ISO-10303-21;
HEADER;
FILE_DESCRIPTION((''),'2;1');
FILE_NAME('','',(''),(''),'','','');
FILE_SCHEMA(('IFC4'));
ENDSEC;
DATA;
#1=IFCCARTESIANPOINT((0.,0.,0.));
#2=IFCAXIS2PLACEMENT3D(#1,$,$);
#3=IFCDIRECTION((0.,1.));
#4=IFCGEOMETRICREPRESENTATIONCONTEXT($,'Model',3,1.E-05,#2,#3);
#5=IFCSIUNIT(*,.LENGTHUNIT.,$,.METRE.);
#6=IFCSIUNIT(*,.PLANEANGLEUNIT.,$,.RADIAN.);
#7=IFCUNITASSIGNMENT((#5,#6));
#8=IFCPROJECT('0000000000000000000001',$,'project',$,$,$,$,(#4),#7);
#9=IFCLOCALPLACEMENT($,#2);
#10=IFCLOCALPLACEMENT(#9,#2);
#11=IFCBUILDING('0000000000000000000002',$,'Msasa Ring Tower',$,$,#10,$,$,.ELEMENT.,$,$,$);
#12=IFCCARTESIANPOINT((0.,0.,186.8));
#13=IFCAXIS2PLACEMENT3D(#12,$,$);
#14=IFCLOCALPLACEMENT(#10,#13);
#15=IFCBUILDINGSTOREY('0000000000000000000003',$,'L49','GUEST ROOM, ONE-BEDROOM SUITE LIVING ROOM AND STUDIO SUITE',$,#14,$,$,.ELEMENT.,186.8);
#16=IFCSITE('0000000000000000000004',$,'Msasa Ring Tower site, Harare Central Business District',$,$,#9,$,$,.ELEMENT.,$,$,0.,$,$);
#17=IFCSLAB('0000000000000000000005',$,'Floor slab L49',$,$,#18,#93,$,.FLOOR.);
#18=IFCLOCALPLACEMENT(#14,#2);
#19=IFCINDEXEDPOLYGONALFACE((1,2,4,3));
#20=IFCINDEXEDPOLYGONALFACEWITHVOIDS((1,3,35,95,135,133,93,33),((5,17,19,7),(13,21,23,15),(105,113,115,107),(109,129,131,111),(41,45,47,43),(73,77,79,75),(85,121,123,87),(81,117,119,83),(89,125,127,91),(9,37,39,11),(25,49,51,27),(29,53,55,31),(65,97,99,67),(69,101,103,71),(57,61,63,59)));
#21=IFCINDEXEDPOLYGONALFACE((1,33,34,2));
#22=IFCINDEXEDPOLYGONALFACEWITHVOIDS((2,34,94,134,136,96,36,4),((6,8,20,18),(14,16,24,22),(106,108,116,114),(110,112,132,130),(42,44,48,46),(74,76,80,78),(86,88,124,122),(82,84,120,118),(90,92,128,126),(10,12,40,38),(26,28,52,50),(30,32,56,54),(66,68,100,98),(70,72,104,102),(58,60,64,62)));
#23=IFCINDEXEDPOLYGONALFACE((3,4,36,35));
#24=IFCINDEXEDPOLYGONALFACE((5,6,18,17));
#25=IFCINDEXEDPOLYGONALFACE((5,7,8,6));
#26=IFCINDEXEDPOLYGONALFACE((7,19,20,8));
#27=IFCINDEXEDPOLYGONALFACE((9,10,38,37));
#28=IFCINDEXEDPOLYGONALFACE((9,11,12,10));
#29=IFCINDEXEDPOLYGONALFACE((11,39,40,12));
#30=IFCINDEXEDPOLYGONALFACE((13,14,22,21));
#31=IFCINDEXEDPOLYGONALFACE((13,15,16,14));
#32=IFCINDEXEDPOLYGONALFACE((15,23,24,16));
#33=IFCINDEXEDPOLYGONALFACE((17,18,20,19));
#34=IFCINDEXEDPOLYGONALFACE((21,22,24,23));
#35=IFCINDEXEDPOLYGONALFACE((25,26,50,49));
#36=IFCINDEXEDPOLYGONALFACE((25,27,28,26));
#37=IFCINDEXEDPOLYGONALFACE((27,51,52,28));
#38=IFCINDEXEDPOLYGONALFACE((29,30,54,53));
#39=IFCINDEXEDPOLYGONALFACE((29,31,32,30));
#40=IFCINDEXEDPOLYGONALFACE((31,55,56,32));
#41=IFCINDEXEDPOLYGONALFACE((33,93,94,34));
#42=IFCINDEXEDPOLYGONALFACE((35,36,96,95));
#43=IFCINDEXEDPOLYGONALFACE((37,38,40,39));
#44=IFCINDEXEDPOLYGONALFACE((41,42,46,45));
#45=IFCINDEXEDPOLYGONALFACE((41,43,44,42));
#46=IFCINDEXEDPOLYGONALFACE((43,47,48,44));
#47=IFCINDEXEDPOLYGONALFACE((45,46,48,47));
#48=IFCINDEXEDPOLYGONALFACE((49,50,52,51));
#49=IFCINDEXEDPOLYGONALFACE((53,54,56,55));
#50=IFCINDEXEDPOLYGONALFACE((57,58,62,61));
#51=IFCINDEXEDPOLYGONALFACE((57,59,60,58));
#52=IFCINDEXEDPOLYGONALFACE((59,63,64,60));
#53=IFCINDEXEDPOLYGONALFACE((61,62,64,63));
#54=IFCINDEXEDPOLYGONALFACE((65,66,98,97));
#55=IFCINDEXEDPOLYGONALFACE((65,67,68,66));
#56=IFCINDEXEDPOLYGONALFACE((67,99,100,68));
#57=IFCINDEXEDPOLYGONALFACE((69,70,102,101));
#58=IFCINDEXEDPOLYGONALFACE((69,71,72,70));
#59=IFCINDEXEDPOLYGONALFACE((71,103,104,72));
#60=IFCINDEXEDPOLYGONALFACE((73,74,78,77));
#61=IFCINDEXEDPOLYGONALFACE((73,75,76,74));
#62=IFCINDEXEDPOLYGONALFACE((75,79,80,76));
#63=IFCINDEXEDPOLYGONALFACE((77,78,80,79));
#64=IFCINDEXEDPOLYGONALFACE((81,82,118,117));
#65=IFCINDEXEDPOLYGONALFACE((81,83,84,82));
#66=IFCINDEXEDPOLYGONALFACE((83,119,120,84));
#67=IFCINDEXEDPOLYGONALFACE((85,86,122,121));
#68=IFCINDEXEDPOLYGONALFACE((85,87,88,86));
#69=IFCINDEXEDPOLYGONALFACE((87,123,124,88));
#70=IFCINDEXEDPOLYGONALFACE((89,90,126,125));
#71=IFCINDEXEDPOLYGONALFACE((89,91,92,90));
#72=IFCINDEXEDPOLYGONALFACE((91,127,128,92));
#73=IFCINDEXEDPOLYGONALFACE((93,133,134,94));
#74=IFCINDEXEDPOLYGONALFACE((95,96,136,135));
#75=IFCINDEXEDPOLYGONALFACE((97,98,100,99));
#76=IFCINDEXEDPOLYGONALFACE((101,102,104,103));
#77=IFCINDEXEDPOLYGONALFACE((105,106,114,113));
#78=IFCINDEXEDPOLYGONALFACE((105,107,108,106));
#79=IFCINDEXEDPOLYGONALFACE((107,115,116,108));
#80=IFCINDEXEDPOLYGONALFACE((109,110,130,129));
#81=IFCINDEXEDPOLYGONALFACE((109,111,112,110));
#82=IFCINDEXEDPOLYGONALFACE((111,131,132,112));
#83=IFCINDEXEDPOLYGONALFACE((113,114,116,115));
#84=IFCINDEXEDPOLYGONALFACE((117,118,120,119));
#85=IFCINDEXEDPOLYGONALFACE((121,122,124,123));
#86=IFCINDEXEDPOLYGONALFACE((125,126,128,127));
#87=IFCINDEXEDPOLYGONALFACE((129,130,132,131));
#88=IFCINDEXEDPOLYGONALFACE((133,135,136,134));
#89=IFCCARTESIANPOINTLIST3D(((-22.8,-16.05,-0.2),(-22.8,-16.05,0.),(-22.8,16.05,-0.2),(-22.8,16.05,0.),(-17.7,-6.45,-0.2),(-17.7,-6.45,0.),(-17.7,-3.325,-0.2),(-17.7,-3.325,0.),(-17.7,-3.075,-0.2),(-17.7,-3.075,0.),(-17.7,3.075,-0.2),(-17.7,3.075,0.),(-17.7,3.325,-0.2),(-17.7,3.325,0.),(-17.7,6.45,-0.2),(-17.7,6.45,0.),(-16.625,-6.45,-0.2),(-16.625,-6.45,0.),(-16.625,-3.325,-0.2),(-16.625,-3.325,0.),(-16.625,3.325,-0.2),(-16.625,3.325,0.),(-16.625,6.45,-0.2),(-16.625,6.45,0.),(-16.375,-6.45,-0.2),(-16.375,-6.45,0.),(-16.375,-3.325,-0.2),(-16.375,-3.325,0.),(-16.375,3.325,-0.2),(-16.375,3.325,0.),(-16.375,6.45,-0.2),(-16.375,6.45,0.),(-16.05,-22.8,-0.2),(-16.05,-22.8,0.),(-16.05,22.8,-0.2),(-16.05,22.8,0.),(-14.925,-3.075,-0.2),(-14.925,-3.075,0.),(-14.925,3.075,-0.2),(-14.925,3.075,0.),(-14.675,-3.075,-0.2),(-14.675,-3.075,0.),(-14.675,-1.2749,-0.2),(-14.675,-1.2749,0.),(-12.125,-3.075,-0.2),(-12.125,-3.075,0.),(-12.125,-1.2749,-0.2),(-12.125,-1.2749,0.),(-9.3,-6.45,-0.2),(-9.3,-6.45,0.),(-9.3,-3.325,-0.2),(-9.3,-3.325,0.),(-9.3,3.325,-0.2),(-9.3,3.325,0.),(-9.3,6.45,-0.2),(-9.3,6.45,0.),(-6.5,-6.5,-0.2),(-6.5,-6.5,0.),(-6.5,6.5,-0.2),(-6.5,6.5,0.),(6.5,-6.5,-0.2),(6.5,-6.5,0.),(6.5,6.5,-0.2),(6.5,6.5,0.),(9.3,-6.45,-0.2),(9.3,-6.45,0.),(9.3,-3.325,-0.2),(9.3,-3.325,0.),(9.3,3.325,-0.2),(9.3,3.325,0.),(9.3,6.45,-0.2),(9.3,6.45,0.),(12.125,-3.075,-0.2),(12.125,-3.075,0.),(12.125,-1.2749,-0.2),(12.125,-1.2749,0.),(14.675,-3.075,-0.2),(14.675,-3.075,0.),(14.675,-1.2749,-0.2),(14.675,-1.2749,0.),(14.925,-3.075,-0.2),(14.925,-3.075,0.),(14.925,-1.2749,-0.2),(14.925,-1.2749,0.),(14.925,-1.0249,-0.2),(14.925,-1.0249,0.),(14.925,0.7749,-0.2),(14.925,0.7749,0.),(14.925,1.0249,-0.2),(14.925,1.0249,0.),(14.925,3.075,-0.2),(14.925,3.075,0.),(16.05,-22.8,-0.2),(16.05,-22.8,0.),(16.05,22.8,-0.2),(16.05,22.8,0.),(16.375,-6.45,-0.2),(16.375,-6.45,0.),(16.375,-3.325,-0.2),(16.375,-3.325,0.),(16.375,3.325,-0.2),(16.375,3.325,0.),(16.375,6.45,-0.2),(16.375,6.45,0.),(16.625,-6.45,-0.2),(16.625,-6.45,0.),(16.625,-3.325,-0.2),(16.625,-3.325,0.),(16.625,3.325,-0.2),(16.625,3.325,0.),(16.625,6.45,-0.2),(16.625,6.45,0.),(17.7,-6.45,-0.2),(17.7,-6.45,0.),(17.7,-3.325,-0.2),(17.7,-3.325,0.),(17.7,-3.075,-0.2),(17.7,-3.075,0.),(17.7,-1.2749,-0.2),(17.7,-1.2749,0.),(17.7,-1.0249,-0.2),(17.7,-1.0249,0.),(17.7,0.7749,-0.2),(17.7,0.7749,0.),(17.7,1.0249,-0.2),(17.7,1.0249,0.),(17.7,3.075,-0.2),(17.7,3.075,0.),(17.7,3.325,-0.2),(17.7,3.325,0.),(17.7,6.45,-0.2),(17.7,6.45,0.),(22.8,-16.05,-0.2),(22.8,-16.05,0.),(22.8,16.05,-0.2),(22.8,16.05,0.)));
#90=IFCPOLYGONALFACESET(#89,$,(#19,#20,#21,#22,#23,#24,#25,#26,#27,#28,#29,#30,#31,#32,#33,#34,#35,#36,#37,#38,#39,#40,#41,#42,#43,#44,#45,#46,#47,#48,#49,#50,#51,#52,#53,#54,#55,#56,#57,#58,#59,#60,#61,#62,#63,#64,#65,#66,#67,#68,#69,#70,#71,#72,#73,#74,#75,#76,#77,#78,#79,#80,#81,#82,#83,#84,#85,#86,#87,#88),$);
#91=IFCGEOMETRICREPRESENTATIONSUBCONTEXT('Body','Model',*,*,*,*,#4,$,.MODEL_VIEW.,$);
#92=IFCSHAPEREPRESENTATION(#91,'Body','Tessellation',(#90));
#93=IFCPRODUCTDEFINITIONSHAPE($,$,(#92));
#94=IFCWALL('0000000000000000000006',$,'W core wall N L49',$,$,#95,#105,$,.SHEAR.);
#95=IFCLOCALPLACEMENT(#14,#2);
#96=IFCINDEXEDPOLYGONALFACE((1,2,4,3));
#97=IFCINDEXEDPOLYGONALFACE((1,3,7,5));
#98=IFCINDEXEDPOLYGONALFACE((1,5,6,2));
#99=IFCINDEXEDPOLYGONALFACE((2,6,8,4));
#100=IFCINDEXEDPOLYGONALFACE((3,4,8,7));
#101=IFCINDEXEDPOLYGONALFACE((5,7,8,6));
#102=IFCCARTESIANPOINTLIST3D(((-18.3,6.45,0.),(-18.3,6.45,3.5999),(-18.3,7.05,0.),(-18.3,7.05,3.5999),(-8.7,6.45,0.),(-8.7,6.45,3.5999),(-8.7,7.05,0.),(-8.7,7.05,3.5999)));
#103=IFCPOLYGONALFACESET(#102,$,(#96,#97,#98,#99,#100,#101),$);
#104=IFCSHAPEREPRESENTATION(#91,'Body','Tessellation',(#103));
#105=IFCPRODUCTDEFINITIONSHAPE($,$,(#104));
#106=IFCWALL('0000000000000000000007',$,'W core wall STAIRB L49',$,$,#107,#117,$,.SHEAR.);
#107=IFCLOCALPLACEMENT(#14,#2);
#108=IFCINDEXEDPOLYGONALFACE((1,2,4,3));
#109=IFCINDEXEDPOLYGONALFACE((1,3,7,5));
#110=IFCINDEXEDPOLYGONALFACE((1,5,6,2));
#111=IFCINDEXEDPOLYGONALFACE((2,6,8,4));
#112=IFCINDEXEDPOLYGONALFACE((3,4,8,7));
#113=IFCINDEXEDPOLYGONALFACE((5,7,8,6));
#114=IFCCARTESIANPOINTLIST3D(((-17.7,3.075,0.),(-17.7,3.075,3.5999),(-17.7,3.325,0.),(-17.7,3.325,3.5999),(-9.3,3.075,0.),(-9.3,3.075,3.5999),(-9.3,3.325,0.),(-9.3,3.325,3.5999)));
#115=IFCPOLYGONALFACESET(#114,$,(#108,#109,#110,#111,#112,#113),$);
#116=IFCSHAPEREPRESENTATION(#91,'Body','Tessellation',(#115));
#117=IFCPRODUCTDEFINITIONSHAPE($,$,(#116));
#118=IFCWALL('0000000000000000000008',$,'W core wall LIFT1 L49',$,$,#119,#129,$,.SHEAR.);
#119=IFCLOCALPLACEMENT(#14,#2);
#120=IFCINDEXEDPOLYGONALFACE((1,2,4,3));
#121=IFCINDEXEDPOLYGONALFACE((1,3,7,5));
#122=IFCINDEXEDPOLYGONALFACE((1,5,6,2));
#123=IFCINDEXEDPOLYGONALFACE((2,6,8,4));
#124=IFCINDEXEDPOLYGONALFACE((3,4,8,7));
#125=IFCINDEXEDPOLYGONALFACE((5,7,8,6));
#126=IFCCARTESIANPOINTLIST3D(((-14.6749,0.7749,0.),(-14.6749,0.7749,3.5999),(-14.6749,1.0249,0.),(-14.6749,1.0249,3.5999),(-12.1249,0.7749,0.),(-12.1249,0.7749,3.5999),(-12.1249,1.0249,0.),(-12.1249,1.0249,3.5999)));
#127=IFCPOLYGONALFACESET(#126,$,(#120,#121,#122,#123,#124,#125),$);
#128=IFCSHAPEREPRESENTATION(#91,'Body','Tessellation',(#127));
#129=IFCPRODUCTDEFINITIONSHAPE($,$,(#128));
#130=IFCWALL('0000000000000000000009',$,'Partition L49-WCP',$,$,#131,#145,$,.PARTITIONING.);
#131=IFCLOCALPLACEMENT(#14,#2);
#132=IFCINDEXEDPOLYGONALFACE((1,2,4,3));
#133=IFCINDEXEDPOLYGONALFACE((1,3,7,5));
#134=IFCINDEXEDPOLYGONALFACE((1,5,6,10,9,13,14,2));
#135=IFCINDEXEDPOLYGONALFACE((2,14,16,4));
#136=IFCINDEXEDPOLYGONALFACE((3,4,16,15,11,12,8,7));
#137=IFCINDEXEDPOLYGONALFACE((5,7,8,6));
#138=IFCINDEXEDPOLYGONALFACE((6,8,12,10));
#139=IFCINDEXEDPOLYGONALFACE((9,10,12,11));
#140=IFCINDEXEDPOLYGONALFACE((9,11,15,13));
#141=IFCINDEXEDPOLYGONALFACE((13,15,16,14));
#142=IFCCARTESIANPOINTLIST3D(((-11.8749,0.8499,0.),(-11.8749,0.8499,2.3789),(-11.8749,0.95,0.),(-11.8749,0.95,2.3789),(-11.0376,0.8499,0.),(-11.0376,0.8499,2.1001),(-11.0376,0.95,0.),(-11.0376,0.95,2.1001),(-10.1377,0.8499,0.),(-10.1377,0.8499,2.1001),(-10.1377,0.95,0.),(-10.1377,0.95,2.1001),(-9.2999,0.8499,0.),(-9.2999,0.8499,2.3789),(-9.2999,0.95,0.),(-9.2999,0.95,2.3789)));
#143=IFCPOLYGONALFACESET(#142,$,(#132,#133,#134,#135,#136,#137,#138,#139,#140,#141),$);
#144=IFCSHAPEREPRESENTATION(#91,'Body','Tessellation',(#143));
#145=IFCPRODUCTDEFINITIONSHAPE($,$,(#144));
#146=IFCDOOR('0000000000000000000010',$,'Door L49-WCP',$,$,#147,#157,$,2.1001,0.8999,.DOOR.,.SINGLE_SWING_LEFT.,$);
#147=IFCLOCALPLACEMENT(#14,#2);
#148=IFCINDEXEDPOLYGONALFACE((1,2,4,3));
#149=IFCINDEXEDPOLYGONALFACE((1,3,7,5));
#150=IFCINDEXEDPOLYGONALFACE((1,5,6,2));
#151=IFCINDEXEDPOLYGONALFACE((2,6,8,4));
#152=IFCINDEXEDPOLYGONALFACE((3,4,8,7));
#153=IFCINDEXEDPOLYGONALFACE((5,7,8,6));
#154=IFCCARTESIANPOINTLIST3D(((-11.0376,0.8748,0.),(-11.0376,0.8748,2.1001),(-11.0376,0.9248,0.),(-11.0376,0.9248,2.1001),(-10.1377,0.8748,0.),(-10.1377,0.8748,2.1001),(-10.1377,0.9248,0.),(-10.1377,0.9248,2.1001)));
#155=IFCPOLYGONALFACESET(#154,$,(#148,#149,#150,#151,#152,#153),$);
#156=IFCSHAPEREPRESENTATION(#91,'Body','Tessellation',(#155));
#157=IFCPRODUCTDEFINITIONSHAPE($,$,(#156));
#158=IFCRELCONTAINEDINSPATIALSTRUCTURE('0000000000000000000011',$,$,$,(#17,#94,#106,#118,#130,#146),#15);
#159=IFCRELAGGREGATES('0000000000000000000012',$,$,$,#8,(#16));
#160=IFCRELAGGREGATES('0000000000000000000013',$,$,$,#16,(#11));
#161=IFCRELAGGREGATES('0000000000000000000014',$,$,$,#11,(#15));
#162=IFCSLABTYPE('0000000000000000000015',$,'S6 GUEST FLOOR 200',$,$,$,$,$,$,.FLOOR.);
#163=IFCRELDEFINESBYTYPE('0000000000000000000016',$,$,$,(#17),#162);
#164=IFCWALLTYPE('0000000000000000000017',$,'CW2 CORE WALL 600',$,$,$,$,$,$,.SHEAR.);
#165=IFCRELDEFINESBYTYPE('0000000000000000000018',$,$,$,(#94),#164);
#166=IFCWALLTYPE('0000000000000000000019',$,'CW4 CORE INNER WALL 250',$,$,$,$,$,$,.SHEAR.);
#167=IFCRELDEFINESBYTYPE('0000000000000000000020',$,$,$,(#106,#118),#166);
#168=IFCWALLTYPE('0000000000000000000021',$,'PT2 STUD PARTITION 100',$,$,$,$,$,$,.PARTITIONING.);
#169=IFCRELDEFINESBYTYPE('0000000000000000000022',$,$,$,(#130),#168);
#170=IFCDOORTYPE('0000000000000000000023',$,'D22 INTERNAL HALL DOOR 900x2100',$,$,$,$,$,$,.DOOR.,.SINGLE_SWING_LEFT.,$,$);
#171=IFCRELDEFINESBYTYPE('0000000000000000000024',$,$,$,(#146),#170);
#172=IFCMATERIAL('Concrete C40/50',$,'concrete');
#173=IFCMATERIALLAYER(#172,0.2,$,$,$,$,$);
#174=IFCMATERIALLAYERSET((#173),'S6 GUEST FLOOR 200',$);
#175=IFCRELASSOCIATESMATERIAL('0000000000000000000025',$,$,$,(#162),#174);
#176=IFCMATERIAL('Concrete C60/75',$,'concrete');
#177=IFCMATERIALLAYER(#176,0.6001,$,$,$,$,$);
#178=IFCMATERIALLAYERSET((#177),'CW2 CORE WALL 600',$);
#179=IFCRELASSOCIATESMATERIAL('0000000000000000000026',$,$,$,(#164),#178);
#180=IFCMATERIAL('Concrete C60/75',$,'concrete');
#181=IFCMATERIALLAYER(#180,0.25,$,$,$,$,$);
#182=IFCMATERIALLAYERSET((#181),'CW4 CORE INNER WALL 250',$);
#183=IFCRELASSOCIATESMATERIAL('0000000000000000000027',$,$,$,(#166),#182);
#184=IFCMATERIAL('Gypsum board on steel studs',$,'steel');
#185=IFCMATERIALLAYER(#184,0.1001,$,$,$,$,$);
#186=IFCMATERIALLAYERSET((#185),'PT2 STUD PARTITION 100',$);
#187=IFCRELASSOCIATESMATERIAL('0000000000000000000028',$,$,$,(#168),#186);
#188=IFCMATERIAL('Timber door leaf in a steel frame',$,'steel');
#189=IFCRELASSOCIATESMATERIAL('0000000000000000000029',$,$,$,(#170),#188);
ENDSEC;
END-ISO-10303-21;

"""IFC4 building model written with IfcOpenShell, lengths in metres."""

from ifc_helpers import new_model, si_unit, direction, frame, frame_2d, origin, place, context, subcontext, project, spatial, polyline, rectangle, outline, extrude, material, layer, layer_set, type_object, element, fill, save


model = new_model("IFC4")

# Units and contexts
model_context = context("Model", 3, precision=1e-05, world=origin(), true_north=direction((0.0, 1.0)))
body_context = subcontext(model_context, "Body", "Model", "MODEL_VIEW")
ifc_project = project(units=[si_unit("LENGTHUNIT", "METRE"), si_unit("PLANEANGLEUNIT", "RADIAN")], contexts=[model_context])

# Site, building, storey
site_placement = place(None, origin())
site = spatial("IfcSite", under=ifc_project, at=site_placement, Name="Msasa Ring Tower site, Harare Central Business District", CompositionType="ELEMENT", RefElevation=0.0)
building_placement = place(site_placement, origin())
building = spatial("IfcBuilding", under=site, at=building_placement, Name="Msasa Ring Tower", CompositionType="ELEMENT")
storey_placement = place(building_placement, frame((0.0, 0.0, 186.8)))
storey = spatial("IfcBuildingStorey", under=building, at=storey_placement, Name="L49", Description="GUEST ROOM, ONE-BEDROOM SUITE LIVING ROOM AND STUDIO SUITE", CompositionType="ELEMENT", Elevation=186.8)

# Slab
ifc_material_1 = material(Name="Concrete C40/50", Category="concrete")
ifc_layer_1 = layer(ifc_material_1, 0.2)
ifc_layer_set_1 = layer_set([ifc_layer_1], Name="S6 GUEST FLOOR 200")
slab_type_1 = type_object("IfcSlabType", Name="S6 GUEST FLOOR 200", PredefinedType="FLOOR", material=ifc_layer_set_1)
slab_1_placement = place(storey_placement, frame((0.0, 0.0, -0.2)))
element("IfcSlab", 1, at=slab_1_placement, inside=storey, type_object=slab_type_1, Name="Floor slab L49", PredefinedType="FLOOR", context=body_context, shape_type="SweptSolid", body=[
    extrude(outline(polyline([(-16.05, -22.8), (16.05, -22.8), (22.8, -16.05), (22.8, 16.05), (16.05, 22.8), (-16.05, 22.8), (-22.8, 16.05), (-22.8, -16.05), (-16.05, -22.8)]), holes=[polyline([(-6.5, -6.5), (6.5, -6.5), (6.5, 6.5), (-6.5, 6.5), (-6.5, -6.5)]), polyline([(9.3, -6.45), (16.375, -6.45), (16.375, -3.325), (9.3, -3.325), (9.3, -6.45)]), polyline([(9.3, 3.325), (16.375, 3.325), (16.375, 6.45), (9.3, 6.45), (9.3, 3.325)]), polyline([(12.125, -3.075), (14.675, -3.075), (14.675, -1.2749), (12.125, -1.2749), (12.125, -3.075)]), polyline([(16.625, -6.45), (17.7, -6.45), (17.7, -3.325), (16.625, -3.325), (16.625, -6.45)]), polyline([(16.625, 3.325), (17.7, 3.325), (17.7, 6.45), (16.625, 6.45), (16.625, 3.325)]), polyline([(14.925, -3.075), (17.7, -3.075), (17.7, -1.2749), (14.925, -1.2749), (14.925, -3.075)]), polyline([(14.925, -1.0249), (17.7, -1.0249), (17.7, 0.7749), (14.925, 0.7749), (14.925, -1.0249)]), polyline([(14.925, 1.0249), (17.7, 1.0249), (17.7, 3.075), (14.925, 3.075), (14.925, 1.0249)]), polyline([(-16.375, -6.45), (-9.3, -6.45), (-9.3, -3.325), (-16.375, -3.325), (-16.375, -6.45)]), polyline([(-16.375, 3.325), (-9.3, 3.325), (-9.3, 6.45), (-16.375, 6.45), (-16.375, 3.325)]), polyline([(-14.675, -3.075), (-12.125, -3.075), (-12.125, -1.2749), (-14.675, -1.2749), (-14.675, -3.075)]), polyline([(-17.7, -6.45), (-16.625, -6.45), (-16.625, -3.325), (-17.7, -3.325), (-17.7, -6.45)]), polyline([(-17.7, 3.325), (-16.625, 3.325), (-16.625, 6.45), (-17.7, 6.45), (-17.7, 3.325)]), polyline([(-17.7, -3.075), (-14.925, -3.075), (-14.925, 3.075), (-17.7, 3.075), (-17.7, -3.075)])]), origin(), (0.0, 0.0, 1.0), 0.2),
])

# Walls
ifc_material_2 = material(Name="Concrete C60/75", Category="concrete")
ifc_layer_2 = layer(ifc_material_2, 0.6001)
ifc_layer_set_2 = layer_set([ifc_layer_2], Name="CW2 CORE WALL 600")
wall_type_1 = type_object("IfcWallType", Name="CW2 CORE WALL 600", PredefinedType="SHEAR", material=ifc_layer_set_2)
wall_1_placement = place(storey_placement, frame((-8.7, 6.75, 0.0), z_axis=(0.0, 0.0, 1.0), x_axis=(-1.0, 0.0, 0.0)))
element("IfcWall", 2, at=wall_1_placement, inside=storey, type_object=wall_type_1, Name="W core wall N L49", PredefinedType="SHEAR", context=body_context, shape_type="SweptSolid", body=[
    extrude(rectangle(XDim=9.6001, YDim=0.6001, at=frame_2d((4.8, 0.0))), origin(), (0.0, 0.0, 1.0), 3.5999),
])
ifc_material_3 = material(Name="Concrete C60/75", Category="concrete")
ifc_layer_3 = layer(ifc_material_3, 0.25)
ifc_layer_set_3 = layer_set([ifc_layer_3], Name="CW4 CORE INNER WALL 250")
wall_type_2 = type_object("IfcWallType", Name="CW4 CORE INNER WALL 250", PredefinedType="SHEAR", material=ifc_layer_set_3)
wall_2_placement = place(storey_placement, frame((-9.3, 3.2, 0.0), z_axis=(0.0, 0.0, 1.0), x_axis=(-1.0, 0.0, 0.0)))
element("IfcWall", 3, at=wall_2_placement, inside=storey, type_object=wall_type_2, Name="W core wall STAIRB L49", PredefinedType="SHEAR", context=body_context, shape_type="SweptSolid", body=[
    extrude(rectangle(XDim=8.3999, YDim=0.25, at=frame_2d((4.2, 0.0))), origin(), (0.0, 0.0, 1.0), 3.5999),
])
wall_3_placement = place(storey_placement, frame((-12.125, 0.8999, 0.0), z_axis=(0.0, 0.0, 1.0), x_axis=(-1.0, 0.0, 0.0)))
element("IfcWall", 4, at=wall_3_placement, inside=storey, type_object=wall_type_2, Name="W core wall LIFT1 L49", PredefinedType="SHEAR", context=body_context, shape_type="SweptSolid", body=[
    extrude(rectangle(XDim=2.55, YDim=0.25, at=frame_2d((1.2749, 0.0))), origin(), (0.0, 0.0, 1.0), 3.5999),
])

# Wall, opening, door
ifc_material_4 = material(Name="Gypsum board on steel studs", Category="steel")
ifc_layer_4 = layer(ifc_material_4, 0.1001)
ifc_layer_set_4 = layer_set([ifc_layer_4], Name="PT2 STUD PARTITION 100")
wall_type_3 = type_object("IfcWallType", Name="PT2 STUD PARTITION 100", PredefinedType="PARTITIONING", material=ifc_layer_set_4)
wall_4_placement = place(storey_placement, frame((-11.875, 0.8999, 0.0), z_axis=(0.0, 0.0, 1.0), x_axis=(1.0, 0.0, 0.0)))
wall_4 = element("IfcWall", 5, at=wall_4_placement, inside=storey, type_object=wall_type_3, Name="Partition L49-WCP", PredefinedType="PARTITIONING", context=body_context, shape_type="SweptSolid", body=[
    extrude(rectangle(XDim=2.575, YDim=0.1001, at=frame_2d((1.2876, 0.0))), origin(), (0.0, 0.0, 1.0), 2.3789),
])
opening_placement = place(wall_4_placement, frame((0.8374, 0.0, 0.0)))
opening = element("IfcOpeningElement", 6, at=opening_placement, cuts=wall_4, PredefinedType="OPENING", context=body_context, shape_type="SweptSolid", body=[
    extrude(rectangle(XDim=0.8999, YDim=2.1001, at=frame_2d((0.45, 1.05))), frame((0.0, 0.0601, 0.0), z_axis=(0.0, -1.0, 0.0), x_axis=(1.0, 0.0, 0.0)), (0.0, 0.0, 1.0), 0.1201),
])
ifc_material_5 = material(Name="Timber door leaf in a steel frame", Category="steel")
door_type = type_object("IfcDoorType", Name="D22 INTERNAL HALL DOOR 900x2100", OperationType="SINGLE_SWING_LEFT", PredefinedType="DOOR", material=ifc_material_5)
door_placement = place(opening_placement, origin())
door = element("IfcDoor", 7, at=door_placement, inside=storey, type_object=door_type, Name="Door L49-WCP", OperationType="SINGLE_SWING_LEFT", OverallHeight=2.1001, OverallWidth=0.8999, PredefinedType="DOOR", context=body_context, shape_type="SweptSolid", body=[
    extrude(rectangle(XDim=0.8999, YDim=2.1001, at=frame_2d((0.45, 1.05))), frame((0.0, 0.0249, 0.0), z_axis=(0.0, -1.0, 0.0), x_axis=(1.0, 0.0, 0.0)), (0.0, 0.0, 1.0), 0.05),
])
fill(opening, door)

save(model, "model.ifc")
